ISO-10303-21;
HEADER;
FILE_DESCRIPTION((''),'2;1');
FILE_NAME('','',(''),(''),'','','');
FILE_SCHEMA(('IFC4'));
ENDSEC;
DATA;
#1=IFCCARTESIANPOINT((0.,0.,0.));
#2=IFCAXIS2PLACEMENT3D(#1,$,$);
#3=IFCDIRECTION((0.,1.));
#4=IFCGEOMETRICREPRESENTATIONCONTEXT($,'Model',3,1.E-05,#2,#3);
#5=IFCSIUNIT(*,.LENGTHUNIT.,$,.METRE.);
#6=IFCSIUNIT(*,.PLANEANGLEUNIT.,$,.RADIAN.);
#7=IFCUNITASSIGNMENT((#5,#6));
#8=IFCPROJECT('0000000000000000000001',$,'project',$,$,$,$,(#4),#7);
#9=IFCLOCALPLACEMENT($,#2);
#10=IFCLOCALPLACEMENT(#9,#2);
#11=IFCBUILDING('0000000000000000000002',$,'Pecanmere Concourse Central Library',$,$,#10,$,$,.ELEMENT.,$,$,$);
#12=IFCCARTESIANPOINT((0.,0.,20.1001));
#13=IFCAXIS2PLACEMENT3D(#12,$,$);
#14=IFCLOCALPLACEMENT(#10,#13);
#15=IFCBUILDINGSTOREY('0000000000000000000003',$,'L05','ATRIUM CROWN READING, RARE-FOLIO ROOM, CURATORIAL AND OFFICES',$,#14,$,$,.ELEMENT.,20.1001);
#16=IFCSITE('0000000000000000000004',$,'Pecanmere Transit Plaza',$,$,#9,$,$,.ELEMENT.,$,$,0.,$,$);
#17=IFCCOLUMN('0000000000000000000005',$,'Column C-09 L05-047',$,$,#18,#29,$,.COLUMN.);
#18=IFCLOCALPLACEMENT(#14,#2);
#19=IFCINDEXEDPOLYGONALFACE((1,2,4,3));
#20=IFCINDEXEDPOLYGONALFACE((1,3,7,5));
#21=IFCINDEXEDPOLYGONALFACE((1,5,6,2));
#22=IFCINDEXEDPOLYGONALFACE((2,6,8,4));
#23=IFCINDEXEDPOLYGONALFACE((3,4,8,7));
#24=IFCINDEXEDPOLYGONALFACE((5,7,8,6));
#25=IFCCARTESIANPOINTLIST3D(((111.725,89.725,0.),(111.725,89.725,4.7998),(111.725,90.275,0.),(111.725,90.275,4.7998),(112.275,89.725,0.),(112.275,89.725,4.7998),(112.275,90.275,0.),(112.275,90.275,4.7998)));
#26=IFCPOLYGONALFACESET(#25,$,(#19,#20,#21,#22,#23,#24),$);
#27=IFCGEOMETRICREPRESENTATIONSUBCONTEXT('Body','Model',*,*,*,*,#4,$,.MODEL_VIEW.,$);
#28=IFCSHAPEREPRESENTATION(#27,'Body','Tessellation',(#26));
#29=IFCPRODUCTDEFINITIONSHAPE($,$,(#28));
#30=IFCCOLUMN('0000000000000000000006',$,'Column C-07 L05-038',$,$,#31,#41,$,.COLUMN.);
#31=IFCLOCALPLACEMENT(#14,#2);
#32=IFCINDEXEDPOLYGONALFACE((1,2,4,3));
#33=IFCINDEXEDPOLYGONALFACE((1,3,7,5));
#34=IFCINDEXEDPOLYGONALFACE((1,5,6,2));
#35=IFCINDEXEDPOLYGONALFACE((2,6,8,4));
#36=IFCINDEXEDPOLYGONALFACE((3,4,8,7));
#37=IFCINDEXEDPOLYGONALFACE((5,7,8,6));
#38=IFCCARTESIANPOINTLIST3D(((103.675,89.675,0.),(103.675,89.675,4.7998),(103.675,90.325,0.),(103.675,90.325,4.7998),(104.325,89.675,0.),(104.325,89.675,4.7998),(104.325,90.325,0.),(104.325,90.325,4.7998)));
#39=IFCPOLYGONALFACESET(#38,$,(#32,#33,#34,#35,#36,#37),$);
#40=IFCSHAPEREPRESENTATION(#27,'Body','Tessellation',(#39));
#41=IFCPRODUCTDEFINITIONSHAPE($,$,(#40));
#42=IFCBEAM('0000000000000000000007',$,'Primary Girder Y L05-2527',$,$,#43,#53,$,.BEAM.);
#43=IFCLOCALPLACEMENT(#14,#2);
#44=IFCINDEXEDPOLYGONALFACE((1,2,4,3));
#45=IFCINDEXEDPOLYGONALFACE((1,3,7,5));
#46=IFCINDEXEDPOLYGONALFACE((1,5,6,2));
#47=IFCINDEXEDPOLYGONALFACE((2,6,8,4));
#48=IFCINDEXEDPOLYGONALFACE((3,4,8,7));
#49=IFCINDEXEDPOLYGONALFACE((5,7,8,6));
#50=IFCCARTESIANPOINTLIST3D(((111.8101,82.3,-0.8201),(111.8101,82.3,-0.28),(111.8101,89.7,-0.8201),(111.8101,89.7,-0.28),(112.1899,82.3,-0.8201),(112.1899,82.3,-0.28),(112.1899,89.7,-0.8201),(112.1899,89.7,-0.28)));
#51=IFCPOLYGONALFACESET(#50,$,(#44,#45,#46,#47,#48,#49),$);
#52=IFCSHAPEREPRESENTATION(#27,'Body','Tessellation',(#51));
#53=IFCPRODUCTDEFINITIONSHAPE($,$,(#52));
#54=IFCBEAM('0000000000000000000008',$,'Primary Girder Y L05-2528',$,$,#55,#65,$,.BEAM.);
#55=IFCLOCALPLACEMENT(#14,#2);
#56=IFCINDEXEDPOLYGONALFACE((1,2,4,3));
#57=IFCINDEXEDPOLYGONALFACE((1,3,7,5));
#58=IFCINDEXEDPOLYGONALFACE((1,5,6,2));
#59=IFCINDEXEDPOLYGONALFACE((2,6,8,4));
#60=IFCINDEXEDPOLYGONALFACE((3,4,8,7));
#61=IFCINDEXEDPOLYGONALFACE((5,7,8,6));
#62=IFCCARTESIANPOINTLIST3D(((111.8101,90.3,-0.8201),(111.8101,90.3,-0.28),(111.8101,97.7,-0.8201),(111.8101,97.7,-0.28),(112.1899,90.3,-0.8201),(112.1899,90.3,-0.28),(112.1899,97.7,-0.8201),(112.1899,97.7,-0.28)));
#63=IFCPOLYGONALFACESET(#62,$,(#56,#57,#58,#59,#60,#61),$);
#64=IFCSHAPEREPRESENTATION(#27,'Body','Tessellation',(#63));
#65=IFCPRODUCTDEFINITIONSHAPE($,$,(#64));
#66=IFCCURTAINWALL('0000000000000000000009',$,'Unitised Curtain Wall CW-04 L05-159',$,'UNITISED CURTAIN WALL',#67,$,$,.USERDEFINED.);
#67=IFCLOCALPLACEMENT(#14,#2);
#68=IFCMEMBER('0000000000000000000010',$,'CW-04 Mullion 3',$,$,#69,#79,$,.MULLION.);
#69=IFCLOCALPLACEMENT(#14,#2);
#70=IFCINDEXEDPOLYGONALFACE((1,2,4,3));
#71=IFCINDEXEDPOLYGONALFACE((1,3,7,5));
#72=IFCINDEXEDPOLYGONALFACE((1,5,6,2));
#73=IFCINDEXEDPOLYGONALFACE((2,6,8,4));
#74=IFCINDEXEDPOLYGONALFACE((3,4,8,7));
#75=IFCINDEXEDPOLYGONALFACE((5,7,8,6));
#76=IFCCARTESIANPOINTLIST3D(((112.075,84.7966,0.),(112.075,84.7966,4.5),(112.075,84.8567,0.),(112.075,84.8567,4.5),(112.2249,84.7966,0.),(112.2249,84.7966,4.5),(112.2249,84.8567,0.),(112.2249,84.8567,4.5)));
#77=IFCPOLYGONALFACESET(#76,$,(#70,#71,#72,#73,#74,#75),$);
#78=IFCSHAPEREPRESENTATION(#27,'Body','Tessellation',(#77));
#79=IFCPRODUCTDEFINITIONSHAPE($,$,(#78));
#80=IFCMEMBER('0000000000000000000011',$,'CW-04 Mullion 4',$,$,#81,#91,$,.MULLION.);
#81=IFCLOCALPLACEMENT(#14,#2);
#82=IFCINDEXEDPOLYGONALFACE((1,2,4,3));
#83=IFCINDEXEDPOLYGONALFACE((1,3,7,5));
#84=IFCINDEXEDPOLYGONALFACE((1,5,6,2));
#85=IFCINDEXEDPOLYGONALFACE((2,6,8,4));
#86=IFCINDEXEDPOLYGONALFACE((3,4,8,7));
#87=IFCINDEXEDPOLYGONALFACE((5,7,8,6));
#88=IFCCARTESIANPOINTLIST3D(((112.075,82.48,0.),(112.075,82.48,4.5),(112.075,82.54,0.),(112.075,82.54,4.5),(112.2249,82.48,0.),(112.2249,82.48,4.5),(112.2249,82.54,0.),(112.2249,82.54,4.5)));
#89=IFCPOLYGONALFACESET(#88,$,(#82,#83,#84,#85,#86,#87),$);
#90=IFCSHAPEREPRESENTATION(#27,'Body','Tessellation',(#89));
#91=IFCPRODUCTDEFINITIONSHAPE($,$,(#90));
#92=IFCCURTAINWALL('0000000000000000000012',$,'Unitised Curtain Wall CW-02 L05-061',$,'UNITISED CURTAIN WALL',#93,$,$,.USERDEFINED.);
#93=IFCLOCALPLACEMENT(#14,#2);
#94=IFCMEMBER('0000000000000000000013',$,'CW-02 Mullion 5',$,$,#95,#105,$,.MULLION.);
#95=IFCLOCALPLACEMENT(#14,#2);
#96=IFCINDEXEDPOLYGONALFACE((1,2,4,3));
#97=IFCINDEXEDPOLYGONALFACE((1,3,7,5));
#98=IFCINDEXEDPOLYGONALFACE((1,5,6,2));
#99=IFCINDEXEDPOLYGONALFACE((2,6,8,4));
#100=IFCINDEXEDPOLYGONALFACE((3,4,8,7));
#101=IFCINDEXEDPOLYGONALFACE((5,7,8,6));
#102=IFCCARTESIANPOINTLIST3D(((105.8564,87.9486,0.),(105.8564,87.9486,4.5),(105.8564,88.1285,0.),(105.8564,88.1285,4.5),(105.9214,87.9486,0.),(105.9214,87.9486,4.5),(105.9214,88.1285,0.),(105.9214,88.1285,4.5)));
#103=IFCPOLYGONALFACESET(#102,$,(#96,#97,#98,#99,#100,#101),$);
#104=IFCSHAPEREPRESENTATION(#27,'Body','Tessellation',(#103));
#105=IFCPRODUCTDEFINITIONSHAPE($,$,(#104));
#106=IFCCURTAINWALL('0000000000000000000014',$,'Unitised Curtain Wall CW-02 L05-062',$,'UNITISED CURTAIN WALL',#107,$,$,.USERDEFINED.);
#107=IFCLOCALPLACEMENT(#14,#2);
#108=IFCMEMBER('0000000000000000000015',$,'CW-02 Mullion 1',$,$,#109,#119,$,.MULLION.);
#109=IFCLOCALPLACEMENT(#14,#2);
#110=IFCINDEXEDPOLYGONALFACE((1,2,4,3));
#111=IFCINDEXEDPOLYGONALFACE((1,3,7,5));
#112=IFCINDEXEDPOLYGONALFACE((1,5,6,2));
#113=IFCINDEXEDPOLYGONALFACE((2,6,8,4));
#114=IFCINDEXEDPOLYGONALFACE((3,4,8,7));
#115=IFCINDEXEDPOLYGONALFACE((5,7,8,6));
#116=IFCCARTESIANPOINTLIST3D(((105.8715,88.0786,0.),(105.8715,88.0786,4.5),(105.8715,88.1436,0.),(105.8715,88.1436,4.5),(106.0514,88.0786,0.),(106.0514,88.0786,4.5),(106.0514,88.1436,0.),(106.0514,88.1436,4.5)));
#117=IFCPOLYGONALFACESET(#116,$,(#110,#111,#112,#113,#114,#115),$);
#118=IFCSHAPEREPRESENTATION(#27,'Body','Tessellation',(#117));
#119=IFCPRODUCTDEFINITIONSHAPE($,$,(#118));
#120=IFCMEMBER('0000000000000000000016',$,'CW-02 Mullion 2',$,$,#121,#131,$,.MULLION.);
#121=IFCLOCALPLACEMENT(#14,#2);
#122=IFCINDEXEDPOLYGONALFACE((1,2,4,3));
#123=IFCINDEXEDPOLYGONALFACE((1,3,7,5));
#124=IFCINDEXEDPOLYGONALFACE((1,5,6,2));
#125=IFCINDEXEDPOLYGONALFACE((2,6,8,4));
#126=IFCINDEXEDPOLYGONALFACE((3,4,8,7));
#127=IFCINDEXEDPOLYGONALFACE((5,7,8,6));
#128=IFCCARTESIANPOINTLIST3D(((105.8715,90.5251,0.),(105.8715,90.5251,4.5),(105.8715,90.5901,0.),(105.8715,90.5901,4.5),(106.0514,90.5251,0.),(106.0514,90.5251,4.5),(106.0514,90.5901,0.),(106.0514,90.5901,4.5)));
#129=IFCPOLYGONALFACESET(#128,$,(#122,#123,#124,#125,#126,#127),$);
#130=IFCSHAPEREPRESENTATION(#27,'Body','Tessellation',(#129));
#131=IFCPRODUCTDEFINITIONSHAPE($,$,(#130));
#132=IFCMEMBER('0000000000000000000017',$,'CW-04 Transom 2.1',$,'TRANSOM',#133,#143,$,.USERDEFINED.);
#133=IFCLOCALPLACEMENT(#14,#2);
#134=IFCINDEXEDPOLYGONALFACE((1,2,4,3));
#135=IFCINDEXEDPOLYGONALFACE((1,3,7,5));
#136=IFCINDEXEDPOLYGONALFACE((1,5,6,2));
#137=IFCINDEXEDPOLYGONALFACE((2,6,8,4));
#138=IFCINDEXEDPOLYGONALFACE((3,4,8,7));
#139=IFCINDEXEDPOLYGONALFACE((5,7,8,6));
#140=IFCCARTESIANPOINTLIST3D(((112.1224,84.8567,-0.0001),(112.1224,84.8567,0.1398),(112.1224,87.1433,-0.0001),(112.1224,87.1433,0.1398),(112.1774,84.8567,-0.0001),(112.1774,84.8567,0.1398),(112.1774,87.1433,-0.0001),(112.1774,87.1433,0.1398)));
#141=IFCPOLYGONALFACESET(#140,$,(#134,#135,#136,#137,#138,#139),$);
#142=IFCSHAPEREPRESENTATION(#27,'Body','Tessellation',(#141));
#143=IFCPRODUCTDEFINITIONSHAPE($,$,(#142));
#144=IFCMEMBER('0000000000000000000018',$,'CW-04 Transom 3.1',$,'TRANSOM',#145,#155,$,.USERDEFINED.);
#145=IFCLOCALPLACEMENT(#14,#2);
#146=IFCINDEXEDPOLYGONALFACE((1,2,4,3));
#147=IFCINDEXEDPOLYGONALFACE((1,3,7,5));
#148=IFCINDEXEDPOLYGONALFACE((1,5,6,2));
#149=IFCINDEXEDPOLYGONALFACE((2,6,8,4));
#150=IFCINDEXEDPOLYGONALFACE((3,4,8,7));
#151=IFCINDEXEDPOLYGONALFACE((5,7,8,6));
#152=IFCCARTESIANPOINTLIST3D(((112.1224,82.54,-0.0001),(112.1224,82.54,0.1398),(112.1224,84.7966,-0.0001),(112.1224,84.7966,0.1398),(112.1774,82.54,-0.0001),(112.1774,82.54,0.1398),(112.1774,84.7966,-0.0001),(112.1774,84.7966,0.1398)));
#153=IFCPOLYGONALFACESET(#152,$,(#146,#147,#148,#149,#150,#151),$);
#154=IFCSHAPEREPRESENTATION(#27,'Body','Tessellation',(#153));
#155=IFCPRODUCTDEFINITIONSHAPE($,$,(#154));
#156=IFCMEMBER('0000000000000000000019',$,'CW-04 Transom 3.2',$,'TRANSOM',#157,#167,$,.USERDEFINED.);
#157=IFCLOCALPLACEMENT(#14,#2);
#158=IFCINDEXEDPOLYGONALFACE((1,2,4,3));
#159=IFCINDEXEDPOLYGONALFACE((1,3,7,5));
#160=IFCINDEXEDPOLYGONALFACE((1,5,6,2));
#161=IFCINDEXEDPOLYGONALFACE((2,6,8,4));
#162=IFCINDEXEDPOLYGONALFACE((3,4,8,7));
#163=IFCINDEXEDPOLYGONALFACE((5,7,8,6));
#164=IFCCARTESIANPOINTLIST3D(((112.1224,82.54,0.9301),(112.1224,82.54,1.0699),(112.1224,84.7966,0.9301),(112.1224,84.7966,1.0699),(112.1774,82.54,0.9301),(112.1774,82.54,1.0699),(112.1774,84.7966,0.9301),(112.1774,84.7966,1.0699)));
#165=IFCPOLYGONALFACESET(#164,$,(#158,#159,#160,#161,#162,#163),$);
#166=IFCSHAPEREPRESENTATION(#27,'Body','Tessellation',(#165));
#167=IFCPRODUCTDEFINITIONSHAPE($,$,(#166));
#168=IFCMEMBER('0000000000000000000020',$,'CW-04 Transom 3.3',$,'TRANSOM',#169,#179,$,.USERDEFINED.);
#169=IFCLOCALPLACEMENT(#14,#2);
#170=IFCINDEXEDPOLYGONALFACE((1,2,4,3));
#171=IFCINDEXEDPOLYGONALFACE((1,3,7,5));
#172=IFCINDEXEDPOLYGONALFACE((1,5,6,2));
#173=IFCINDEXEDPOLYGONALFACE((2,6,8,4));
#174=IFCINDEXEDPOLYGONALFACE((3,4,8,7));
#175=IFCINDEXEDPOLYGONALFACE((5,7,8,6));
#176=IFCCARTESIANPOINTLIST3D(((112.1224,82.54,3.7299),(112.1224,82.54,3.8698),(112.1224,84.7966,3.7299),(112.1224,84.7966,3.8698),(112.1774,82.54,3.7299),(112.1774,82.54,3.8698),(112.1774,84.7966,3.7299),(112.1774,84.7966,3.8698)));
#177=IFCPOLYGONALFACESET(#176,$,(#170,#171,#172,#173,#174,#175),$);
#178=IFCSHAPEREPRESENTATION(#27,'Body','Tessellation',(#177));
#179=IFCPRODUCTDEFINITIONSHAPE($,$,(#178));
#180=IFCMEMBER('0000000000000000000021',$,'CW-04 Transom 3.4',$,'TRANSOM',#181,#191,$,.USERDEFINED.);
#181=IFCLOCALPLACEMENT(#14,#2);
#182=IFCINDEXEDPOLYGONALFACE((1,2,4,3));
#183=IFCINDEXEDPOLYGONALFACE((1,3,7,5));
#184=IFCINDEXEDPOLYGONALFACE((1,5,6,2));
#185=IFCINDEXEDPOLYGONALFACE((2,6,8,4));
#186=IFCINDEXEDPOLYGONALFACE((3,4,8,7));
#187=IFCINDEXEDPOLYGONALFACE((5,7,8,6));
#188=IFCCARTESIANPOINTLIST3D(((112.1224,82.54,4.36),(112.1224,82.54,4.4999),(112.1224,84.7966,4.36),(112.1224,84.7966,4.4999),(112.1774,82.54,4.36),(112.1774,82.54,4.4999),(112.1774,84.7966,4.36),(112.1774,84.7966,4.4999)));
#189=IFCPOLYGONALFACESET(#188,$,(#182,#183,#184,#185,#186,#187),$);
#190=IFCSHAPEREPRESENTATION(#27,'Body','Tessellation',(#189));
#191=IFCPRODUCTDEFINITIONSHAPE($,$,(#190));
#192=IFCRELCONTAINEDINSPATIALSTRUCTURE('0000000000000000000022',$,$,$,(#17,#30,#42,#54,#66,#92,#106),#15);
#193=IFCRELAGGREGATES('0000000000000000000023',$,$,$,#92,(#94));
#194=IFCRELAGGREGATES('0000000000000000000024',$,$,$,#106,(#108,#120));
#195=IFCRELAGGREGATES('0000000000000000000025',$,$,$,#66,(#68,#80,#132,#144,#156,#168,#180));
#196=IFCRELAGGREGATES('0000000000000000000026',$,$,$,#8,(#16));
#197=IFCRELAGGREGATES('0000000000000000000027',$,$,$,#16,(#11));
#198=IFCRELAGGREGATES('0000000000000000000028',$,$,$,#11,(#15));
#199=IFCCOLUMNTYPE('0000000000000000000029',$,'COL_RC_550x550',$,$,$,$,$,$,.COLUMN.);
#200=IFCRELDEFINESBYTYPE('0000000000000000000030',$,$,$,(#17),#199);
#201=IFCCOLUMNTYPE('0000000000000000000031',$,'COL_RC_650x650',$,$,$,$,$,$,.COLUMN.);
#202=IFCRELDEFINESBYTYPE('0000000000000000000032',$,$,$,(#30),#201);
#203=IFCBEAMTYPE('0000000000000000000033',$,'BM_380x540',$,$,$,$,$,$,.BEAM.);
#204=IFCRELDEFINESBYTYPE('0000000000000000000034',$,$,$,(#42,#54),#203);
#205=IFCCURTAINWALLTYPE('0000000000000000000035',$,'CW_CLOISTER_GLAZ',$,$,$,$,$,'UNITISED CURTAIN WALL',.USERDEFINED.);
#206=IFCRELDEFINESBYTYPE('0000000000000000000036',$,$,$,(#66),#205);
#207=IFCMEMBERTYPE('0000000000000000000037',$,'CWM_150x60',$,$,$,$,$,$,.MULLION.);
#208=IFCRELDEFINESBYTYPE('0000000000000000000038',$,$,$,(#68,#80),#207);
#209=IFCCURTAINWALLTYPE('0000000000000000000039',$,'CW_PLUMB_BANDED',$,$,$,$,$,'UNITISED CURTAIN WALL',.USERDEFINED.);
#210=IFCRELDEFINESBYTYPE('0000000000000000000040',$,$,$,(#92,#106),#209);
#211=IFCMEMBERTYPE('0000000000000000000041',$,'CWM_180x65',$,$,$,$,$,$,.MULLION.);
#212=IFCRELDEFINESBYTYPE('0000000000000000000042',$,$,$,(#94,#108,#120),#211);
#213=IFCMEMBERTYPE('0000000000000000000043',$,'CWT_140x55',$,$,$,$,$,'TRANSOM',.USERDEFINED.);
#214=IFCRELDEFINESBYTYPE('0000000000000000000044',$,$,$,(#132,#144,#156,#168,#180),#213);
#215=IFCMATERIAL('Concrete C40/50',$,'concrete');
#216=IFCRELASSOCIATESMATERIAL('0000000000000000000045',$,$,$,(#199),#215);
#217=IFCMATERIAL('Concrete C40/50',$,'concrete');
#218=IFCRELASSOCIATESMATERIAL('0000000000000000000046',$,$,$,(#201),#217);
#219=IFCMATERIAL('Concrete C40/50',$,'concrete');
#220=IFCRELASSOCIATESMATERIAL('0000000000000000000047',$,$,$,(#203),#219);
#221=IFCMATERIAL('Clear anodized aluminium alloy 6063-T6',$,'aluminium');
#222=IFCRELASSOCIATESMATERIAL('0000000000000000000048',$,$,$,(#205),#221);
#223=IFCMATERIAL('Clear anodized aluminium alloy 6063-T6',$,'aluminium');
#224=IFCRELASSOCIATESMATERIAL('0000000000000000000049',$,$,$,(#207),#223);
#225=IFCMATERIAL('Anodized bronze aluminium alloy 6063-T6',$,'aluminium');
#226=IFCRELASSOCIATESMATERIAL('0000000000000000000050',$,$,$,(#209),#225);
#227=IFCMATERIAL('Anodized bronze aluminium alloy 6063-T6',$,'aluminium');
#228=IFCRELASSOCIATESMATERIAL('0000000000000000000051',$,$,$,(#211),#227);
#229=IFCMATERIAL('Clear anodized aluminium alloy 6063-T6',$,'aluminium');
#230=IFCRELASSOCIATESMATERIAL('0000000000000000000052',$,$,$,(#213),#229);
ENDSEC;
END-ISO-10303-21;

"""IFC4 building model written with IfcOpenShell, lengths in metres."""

from ifc_helpers import new_model, si_unit, direction, frame, origin, origin_2d, place, context, subcontext, project, spatial, rectangle, extrude, material, material_profile, profile_set, type_object, element, aggregate, save


model = new_model("IFC4")

# Units and contexts
model_context = context("Model", 3, precision=1e-05, world=origin(), true_north=direction((0.0, 1.0)))
body_context = subcontext(model_context, "Body", "Model", "MODEL_VIEW")
ifc_project = project(units=[si_unit("LENGTHUNIT", "METRE"), si_unit("PLANEANGLEUNIT", "RADIAN")], contexts=[model_context])

# Site, building, storey
site_placement = place(None, origin())
site = spatial("IfcSite", under=ifc_project, at=site_placement, Name="Pecanmere Transit Plaza", CompositionType="ELEMENT", RefElevation=0.0)
building_placement = place(site_placement, origin())
building = spatial("IfcBuilding", under=site, at=building_placement, Name="Pecanmere Concourse Central Library", CompositionType="ELEMENT")
storey_placement = place(building_placement, frame((0.0, 0.0, 20.1001)))
storey = spatial("IfcBuildingStorey", under=building, at=storey_placement, Name="L05", Description="ATRIUM CROWN READING, RARE-FOLIO ROOM, CURATORIAL AND OFFICES", CompositionType="ELEMENT", Elevation=20.1001)

# Columns
ifc_material_1 = material(Name="Concrete C40/50", Category="concrete")
ifc_material_profile_1 = material_profile(ifc_material_1, rectangle(XDim=0.55, YDim=0.55, at=origin_2d()), Name="RC 550x550")
ifc_profile_set_1 = profile_set([ifc_material_profile_1], Name="Concrete C40/50")
column_type_1 = type_object("IfcColumnType", Name="COL_RC_550x550", PredefinedType="COLUMN", material=ifc_profile_set_1)
column_1_placement = place(storey_placement, frame((112.0, 90.0, 0.0), z_axis=(0.0, 0.0, 1.0), x_axis=(1.0, 0.0, 0.0)))
element("IfcColumn", 1, at=column_1_placement, inside=storey, type_object=column_type_1, Name="Column C-09 L05-047", PredefinedType="COLUMN", context=body_context, shape_type="SweptSolid", body=[
    extrude(rectangle(XDim=0.55, YDim=0.55, at=origin_2d()), origin(), (0.0, 0.0, 1.0), 4.7998),
])
ifc_material_2 = material(Name="Concrete C40/50", Category="concrete")
ifc_material_profile_2 = material_profile(ifc_material_2, rectangle(XDim=0.6499, YDim=0.6499, at=origin_2d()), Name="RC 650x650")
ifc_profile_set_2 = profile_set([ifc_material_profile_2], Name="Concrete C40/50")
column_type_2 = type_object("IfcColumnType", Name="COL_RC_650x650", PredefinedType="COLUMN", material=ifc_profile_set_2)
column_2_placement = place(storey_placement, frame((104.0, 90.0, 0.0), z_axis=(0.0, 0.0, 1.0), x_axis=(1.0, 0.0, 0.0)))
element("IfcColumn", 2, at=column_2_placement, inside=storey, type_object=column_type_2, Name="Column C-07 L05-038", PredefinedType="COLUMN", context=body_context, shape_type="SweptSolid", body=[
    extrude(rectangle(XDim=0.6499, YDim=0.6499, at=origin_2d()), origin(), (0.0, 0.0, 1.0), 4.7998),
])

# Beams
ifc_material_3 = material(Name="Concrete C40/50", Category="concrete")
ifc_material_profile_3 = material_profile(ifc_material_3, rectangle(XDim=0.3799, YDim=0.54, at=origin_2d()), Name="RC 380x540")
ifc_profile_set_3 = profile_set([ifc_material_profile_3], Name="Concrete C40/50")
beam_type_1 = type_object("IfcBeamType", Name="BM_380x540", PredefinedType="BEAM", material=ifc_profile_set_3)
for number, where, z_axis, x_axis, name in (
    (3, (112.0, 82.3, -0.55), (0.0, 1.0, 0.0), (-1.0, 0.0, 0.0), "Primary Girder Y L05-2527"),
    (4, (112.0, 90.3, -0.55), (0.0, 1.0, 0.0), (-1.0, 0.0, 0.0), "Primary Girder Y L05-2528"),
):
    element("IfcBeam", number, at=place(storey_placement, frame(where, z_axis=z_axis, x_axis=x_axis)), inside=storey, type_object=beam_type_1, Name=name, PredefinedType="BEAM", context=body_context, shape_type="SweptSolid", body=[
        extrude(rectangle(XDim=0.3799, YDim=0.54, at=origin_2d()), origin(), (0.0, 0.0, 1.0), 7.3999),
    ])

# Curtain wall, members
ifc_material_4 = material(Name="Clear anodized aluminium alloy 6063-T6", Category="aluminium")
curtain_wall_type_1 = type_object("IfcCurtainWallType", Name="CW_CLOISTER_GLAZ", ElementType="UNITISED CURTAIN WALL", PredefinedType="USERDEFINED", material=ifc_material_4)
curtain_wall_1_placement = place(storey_placement, origin())
curtain_wall_1 = element("IfcCurtainWall", 5, at=curtain_wall_1_placement, inside=storey, type_object=curtain_wall_type_1, Name="Unitised Curtain Wall CW-04 L05-159", ObjectType="UNITISED CURTAIN WALL", PredefinedType="USERDEFINED")
ifc_material_5 = material(Name="Clear anodized aluminium alloy 6063-T6", Category="aluminium")
ifc_material_profile_4 = material_profile(ifc_material_5, rectangle(XDim=0.0601, YDim=0.1499, at=origin_2d()), Name="AL 60x150")
ifc_profile_set_4 = profile_set([ifc_material_profile_4], Name="Clear anodized aluminium alloy 6063-T6")
member_type_1 = type_object("IfcMemberType", Name="CWM_150x60", PredefinedType="MULLION", material=ifc_profile_set_4)
member_1_placement = place(storey_placement, frame((112.1499, 84.8267, 0.0), z_axis=(0.0, 0.0, 1.0), x_axis=(0.0, -1.0, 0.0)))
member_1 = element("IfcMember", 6, at=member_1_placement, type_object=member_type_1, Name="CW-04 Mullion 3", PredefinedType="MULLION", context=body_context, shape_type="SweptSolid", body=[
    extrude(rectangle(XDim=0.0601, YDim=0.1499, at=origin_2d()), origin(), (0.0, 0.0, 1.0), 4.5),
])
member_2_placement = place(storey_placement, frame((112.1499, 82.51, 0.0), z_axis=(0.0, 0.0, 1.0), x_axis=(0.0, -1.0, 0.0)))
member_2 = element("IfcMember", 7, at=member_2_placement, type_object=member_type_1, Name="CW-04 Mullion 4", PredefinedType="MULLION", context=body_context, shape_type="SweptSolid", body=[
    extrude(rectangle(XDim=0.0601, YDim=0.1499, at=origin_2d()), origin(), (0.0, 0.0, 1.0), 4.5),
])

# Curtain wall, member
ifc_material_6 = material(Name="Anodized bronze aluminium alloy 6063-T6", Category="aluminium")
curtain_wall_type_2 = type_object("IfcCurtainWallType", Name="CW_PLUMB_BANDED", ElementType="UNITISED CURTAIN WALL", PredefinedType="USERDEFINED", material=ifc_material_6)
curtain_wall_2_placement = place(storey_placement, origin())
curtain_wall_2 = element("IfcCurtainWall", 8, at=curtain_wall_2_placement, inside=storey, type_object=curtain_wall_type_2, Name="Unitised Curtain Wall CW-02 L05-061", ObjectType="UNITISED CURTAIN WALL", PredefinedType="USERDEFINED")
ifc_material_7 = material(Name="Anodized bronze aluminium alloy 6063-T6", Category="aluminium")
ifc_material_profile_5 = material_profile(ifc_material_7, rectangle(XDim=0.0649, YDim=0.1799, at=origin_2d()), Name="AL 65x180")
ifc_profile_set_5 = profile_set([ifc_material_profile_5], Name="Anodized bronze aluminium alloy 6063-T6")
member_type_2 = type_object("IfcMemberType", Name="CWM_180x65", PredefinedType="MULLION", material=ifc_profile_set_5)
member_3_placement = place(storey_placement, frame((105.8889, 88.0386, 0.0), z_axis=(0.0, 0.0, 1.0), x_axis=(1.0, 0.0, 0.0)))
member_3 = element("IfcMember", 9, at=member_3_placement, type_object=member_type_2, Name="CW-02 Mullion 5", PredefinedType="MULLION", context=body_context, shape_type="SweptSolid", body=[
    extrude(rectangle(XDim=0.0649, YDim=0.1799, at=origin_2d()), origin(), (0.0, 0.0, 1.0), 4.5),
])

# Curtain wall, members
curtain_wall_3_placement = place(storey_placement, origin())
curtain_wall_3 = element("IfcCurtainWall", 10, at=curtain_wall_3_placement, inside=storey, type_object=curtain_wall_type_2, Name="Unitised Curtain Wall CW-02 L05-062", ObjectType="UNITISED CURTAIN WALL", PredefinedType="USERDEFINED")
member_4_placement = place(storey_placement, frame((105.9614, 88.1111, 0.0), z_axis=(0.0, 0.0, 1.0), x_axis=(0.0, 1.0, 0.0)))
member_4 = element("IfcMember", 11, at=member_4_placement, type_object=member_type_2, Name="CW-02 Mullion 1", PredefinedType="MULLION", context=body_context, shape_type="SweptSolid", body=[
    extrude(rectangle(XDim=0.0649, YDim=0.1799, at=origin_2d()), origin(), (0.0, 0.0, 1.0), 4.5),
])
member_5_placement = place(storey_placement, frame((105.9614, 90.5576, 0.0), z_axis=(0.0, 0.0, 1.0), x_axis=(0.0, 1.0, 0.0)))
member_5 = element("IfcMember", 12, at=member_5_placement, type_object=member_type_2, Name="CW-02 Mullion 2", PredefinedType="MULLION", context=body_context, shape_type="SweptSolid", body=[
    extrude(rectangle(XDim=0.0649, YDim=0.1799, at=origin_2d()), origin(), (0.0, 0.0, 1.0), 4.5),
])

# Members
ifc_material_8 = material(Name="Clear anodized aluminium alloy 6063-T6", Category="aluminium")
ifc_material_profile_6 = material_profile(ifc_material_8, rectangle(XDim=0.0549, YDim=0.1399, at=origin_2d()), Name="AL 55x140")
ifc_profile_set_6 = profile_set([ifc_material_profile_6], Name="Clear anodized aluminium alloy 6063-T6")
member_type_3 = type_object("IfcMemberType", Name="CWT_140x55", ElementType="TRANSOM", PredefinedType="USERDEFINED", material=ifc_profile_set_6)
member_6_placement = place(storey_placement, frame((112.1499, 87.1433, 0.0698), z_axis=(0.0, -1.0, 0.0), x_axis=(1.0, 0.0, 0.0)))
member_6 = element("IfcMember", 13, at=member_6_placement, type_object=member_type_3, Name="CW-04 Transom 2.1", ObjectType="TRANSOM", PredefinedType="USERDEFINED", context=body_context, shape_type="SweptSolid", body=[
    extrude(rectangle(XDim=0.0549, YDim=0.1399, at=origin_2d()), origin(), (0.0, 0.0, 1.0), 2.2866),
])
member_7_placement = place(storey_placement, frame((112.1499, 84.7966, 0.0698), z_axis=(0.0, -1.0, 0.0), x_axis=(1.0, 0.0, 0.0)))
member_7 = element("IfcMember", 14, at=member_7_placement, type_object=member_type_3, Name="CW-04 Transom 3.1", ObjectType="TRANSOM", PredefinedType="USERDEFINED", context=body_context, shape_type="SweptSolid", body=[
    extrude(rectangle(XDim=0.0549, YDim=0.1399, at=origin_2d()), origin(), (0.0, 0.0, 1.0), 2.2566),
])
member_8_placement = place(storey_placement, frame((112.1499, 84.7966, 1.0), z_axis=(0.0, -1.0, 0.0), x_axis=(1.0, 0.0, 0.0)))
member_8 = element("IfcMember", 15, at=member_8_placement, type_object=member_type_3, Name="CW-04 Transom 3.2", ObjectType="TRANSOM", PredefinedType="USERDEFINED", context=body_context, shape_type="SweptSolid", body=[
    extrude(rectangle(XDim=0.0549, YDim=0.1399, at=origin_2d()), origin(), (0.0, 0.0, 1.0), 2.2566),
])
member_9_placement = place(storey_placement, frame((112.1499, 84.7966, 3.7998), z_axis=(0.0, -1.0, 0.0), x_axis=(1.0, 0.0, 0.0)))
member_9 = element("IfcMember", 16, at=member_9_placement, type_object=member_type_3, Name="CW-04 Transom 3.3", ObjectType="TRANSOM", PredefinedType="USERDEFINED", context=body_context, shape_type="SweptSolid", body=[
    extrude(rectangle(XDim=0.0549, YDim=0.1399, at=origin_2d()), origin(), (0.0, 0.0, 1.0), 2.2566),
])
member_10_placement = place(storey_placement, frame((112.1499, 84.7966, 4.4299), z_axis=(0.0, -1.0, 0.0), x_axis=(1.0, 0.0, 0.0)))
member_10 = element("IfcMember", 17, at=member_10_placement, type_object=member_type_3, Name="CW-04 Transom 3.4", ObjectType="TRANSOM", PredefinedType="USERDEFINED", context=body_context, shape_type="SweptSolid", body=[
    extrude(rectangle(XDim=0.0549, YDim=0.1399, at=origin_2d()), origin(), (0.0, 0.0, 1.0), 2.2566),
])

aggregate(curtain_wall_2, [member_3])
aggregate(curtain_wall_3, [member_4, member_5])
aggregate(curtain_wall_1, [member_1, member_2, member_6, member_7, member_8, member_9, member_10])

save(model, "model.ifc")
